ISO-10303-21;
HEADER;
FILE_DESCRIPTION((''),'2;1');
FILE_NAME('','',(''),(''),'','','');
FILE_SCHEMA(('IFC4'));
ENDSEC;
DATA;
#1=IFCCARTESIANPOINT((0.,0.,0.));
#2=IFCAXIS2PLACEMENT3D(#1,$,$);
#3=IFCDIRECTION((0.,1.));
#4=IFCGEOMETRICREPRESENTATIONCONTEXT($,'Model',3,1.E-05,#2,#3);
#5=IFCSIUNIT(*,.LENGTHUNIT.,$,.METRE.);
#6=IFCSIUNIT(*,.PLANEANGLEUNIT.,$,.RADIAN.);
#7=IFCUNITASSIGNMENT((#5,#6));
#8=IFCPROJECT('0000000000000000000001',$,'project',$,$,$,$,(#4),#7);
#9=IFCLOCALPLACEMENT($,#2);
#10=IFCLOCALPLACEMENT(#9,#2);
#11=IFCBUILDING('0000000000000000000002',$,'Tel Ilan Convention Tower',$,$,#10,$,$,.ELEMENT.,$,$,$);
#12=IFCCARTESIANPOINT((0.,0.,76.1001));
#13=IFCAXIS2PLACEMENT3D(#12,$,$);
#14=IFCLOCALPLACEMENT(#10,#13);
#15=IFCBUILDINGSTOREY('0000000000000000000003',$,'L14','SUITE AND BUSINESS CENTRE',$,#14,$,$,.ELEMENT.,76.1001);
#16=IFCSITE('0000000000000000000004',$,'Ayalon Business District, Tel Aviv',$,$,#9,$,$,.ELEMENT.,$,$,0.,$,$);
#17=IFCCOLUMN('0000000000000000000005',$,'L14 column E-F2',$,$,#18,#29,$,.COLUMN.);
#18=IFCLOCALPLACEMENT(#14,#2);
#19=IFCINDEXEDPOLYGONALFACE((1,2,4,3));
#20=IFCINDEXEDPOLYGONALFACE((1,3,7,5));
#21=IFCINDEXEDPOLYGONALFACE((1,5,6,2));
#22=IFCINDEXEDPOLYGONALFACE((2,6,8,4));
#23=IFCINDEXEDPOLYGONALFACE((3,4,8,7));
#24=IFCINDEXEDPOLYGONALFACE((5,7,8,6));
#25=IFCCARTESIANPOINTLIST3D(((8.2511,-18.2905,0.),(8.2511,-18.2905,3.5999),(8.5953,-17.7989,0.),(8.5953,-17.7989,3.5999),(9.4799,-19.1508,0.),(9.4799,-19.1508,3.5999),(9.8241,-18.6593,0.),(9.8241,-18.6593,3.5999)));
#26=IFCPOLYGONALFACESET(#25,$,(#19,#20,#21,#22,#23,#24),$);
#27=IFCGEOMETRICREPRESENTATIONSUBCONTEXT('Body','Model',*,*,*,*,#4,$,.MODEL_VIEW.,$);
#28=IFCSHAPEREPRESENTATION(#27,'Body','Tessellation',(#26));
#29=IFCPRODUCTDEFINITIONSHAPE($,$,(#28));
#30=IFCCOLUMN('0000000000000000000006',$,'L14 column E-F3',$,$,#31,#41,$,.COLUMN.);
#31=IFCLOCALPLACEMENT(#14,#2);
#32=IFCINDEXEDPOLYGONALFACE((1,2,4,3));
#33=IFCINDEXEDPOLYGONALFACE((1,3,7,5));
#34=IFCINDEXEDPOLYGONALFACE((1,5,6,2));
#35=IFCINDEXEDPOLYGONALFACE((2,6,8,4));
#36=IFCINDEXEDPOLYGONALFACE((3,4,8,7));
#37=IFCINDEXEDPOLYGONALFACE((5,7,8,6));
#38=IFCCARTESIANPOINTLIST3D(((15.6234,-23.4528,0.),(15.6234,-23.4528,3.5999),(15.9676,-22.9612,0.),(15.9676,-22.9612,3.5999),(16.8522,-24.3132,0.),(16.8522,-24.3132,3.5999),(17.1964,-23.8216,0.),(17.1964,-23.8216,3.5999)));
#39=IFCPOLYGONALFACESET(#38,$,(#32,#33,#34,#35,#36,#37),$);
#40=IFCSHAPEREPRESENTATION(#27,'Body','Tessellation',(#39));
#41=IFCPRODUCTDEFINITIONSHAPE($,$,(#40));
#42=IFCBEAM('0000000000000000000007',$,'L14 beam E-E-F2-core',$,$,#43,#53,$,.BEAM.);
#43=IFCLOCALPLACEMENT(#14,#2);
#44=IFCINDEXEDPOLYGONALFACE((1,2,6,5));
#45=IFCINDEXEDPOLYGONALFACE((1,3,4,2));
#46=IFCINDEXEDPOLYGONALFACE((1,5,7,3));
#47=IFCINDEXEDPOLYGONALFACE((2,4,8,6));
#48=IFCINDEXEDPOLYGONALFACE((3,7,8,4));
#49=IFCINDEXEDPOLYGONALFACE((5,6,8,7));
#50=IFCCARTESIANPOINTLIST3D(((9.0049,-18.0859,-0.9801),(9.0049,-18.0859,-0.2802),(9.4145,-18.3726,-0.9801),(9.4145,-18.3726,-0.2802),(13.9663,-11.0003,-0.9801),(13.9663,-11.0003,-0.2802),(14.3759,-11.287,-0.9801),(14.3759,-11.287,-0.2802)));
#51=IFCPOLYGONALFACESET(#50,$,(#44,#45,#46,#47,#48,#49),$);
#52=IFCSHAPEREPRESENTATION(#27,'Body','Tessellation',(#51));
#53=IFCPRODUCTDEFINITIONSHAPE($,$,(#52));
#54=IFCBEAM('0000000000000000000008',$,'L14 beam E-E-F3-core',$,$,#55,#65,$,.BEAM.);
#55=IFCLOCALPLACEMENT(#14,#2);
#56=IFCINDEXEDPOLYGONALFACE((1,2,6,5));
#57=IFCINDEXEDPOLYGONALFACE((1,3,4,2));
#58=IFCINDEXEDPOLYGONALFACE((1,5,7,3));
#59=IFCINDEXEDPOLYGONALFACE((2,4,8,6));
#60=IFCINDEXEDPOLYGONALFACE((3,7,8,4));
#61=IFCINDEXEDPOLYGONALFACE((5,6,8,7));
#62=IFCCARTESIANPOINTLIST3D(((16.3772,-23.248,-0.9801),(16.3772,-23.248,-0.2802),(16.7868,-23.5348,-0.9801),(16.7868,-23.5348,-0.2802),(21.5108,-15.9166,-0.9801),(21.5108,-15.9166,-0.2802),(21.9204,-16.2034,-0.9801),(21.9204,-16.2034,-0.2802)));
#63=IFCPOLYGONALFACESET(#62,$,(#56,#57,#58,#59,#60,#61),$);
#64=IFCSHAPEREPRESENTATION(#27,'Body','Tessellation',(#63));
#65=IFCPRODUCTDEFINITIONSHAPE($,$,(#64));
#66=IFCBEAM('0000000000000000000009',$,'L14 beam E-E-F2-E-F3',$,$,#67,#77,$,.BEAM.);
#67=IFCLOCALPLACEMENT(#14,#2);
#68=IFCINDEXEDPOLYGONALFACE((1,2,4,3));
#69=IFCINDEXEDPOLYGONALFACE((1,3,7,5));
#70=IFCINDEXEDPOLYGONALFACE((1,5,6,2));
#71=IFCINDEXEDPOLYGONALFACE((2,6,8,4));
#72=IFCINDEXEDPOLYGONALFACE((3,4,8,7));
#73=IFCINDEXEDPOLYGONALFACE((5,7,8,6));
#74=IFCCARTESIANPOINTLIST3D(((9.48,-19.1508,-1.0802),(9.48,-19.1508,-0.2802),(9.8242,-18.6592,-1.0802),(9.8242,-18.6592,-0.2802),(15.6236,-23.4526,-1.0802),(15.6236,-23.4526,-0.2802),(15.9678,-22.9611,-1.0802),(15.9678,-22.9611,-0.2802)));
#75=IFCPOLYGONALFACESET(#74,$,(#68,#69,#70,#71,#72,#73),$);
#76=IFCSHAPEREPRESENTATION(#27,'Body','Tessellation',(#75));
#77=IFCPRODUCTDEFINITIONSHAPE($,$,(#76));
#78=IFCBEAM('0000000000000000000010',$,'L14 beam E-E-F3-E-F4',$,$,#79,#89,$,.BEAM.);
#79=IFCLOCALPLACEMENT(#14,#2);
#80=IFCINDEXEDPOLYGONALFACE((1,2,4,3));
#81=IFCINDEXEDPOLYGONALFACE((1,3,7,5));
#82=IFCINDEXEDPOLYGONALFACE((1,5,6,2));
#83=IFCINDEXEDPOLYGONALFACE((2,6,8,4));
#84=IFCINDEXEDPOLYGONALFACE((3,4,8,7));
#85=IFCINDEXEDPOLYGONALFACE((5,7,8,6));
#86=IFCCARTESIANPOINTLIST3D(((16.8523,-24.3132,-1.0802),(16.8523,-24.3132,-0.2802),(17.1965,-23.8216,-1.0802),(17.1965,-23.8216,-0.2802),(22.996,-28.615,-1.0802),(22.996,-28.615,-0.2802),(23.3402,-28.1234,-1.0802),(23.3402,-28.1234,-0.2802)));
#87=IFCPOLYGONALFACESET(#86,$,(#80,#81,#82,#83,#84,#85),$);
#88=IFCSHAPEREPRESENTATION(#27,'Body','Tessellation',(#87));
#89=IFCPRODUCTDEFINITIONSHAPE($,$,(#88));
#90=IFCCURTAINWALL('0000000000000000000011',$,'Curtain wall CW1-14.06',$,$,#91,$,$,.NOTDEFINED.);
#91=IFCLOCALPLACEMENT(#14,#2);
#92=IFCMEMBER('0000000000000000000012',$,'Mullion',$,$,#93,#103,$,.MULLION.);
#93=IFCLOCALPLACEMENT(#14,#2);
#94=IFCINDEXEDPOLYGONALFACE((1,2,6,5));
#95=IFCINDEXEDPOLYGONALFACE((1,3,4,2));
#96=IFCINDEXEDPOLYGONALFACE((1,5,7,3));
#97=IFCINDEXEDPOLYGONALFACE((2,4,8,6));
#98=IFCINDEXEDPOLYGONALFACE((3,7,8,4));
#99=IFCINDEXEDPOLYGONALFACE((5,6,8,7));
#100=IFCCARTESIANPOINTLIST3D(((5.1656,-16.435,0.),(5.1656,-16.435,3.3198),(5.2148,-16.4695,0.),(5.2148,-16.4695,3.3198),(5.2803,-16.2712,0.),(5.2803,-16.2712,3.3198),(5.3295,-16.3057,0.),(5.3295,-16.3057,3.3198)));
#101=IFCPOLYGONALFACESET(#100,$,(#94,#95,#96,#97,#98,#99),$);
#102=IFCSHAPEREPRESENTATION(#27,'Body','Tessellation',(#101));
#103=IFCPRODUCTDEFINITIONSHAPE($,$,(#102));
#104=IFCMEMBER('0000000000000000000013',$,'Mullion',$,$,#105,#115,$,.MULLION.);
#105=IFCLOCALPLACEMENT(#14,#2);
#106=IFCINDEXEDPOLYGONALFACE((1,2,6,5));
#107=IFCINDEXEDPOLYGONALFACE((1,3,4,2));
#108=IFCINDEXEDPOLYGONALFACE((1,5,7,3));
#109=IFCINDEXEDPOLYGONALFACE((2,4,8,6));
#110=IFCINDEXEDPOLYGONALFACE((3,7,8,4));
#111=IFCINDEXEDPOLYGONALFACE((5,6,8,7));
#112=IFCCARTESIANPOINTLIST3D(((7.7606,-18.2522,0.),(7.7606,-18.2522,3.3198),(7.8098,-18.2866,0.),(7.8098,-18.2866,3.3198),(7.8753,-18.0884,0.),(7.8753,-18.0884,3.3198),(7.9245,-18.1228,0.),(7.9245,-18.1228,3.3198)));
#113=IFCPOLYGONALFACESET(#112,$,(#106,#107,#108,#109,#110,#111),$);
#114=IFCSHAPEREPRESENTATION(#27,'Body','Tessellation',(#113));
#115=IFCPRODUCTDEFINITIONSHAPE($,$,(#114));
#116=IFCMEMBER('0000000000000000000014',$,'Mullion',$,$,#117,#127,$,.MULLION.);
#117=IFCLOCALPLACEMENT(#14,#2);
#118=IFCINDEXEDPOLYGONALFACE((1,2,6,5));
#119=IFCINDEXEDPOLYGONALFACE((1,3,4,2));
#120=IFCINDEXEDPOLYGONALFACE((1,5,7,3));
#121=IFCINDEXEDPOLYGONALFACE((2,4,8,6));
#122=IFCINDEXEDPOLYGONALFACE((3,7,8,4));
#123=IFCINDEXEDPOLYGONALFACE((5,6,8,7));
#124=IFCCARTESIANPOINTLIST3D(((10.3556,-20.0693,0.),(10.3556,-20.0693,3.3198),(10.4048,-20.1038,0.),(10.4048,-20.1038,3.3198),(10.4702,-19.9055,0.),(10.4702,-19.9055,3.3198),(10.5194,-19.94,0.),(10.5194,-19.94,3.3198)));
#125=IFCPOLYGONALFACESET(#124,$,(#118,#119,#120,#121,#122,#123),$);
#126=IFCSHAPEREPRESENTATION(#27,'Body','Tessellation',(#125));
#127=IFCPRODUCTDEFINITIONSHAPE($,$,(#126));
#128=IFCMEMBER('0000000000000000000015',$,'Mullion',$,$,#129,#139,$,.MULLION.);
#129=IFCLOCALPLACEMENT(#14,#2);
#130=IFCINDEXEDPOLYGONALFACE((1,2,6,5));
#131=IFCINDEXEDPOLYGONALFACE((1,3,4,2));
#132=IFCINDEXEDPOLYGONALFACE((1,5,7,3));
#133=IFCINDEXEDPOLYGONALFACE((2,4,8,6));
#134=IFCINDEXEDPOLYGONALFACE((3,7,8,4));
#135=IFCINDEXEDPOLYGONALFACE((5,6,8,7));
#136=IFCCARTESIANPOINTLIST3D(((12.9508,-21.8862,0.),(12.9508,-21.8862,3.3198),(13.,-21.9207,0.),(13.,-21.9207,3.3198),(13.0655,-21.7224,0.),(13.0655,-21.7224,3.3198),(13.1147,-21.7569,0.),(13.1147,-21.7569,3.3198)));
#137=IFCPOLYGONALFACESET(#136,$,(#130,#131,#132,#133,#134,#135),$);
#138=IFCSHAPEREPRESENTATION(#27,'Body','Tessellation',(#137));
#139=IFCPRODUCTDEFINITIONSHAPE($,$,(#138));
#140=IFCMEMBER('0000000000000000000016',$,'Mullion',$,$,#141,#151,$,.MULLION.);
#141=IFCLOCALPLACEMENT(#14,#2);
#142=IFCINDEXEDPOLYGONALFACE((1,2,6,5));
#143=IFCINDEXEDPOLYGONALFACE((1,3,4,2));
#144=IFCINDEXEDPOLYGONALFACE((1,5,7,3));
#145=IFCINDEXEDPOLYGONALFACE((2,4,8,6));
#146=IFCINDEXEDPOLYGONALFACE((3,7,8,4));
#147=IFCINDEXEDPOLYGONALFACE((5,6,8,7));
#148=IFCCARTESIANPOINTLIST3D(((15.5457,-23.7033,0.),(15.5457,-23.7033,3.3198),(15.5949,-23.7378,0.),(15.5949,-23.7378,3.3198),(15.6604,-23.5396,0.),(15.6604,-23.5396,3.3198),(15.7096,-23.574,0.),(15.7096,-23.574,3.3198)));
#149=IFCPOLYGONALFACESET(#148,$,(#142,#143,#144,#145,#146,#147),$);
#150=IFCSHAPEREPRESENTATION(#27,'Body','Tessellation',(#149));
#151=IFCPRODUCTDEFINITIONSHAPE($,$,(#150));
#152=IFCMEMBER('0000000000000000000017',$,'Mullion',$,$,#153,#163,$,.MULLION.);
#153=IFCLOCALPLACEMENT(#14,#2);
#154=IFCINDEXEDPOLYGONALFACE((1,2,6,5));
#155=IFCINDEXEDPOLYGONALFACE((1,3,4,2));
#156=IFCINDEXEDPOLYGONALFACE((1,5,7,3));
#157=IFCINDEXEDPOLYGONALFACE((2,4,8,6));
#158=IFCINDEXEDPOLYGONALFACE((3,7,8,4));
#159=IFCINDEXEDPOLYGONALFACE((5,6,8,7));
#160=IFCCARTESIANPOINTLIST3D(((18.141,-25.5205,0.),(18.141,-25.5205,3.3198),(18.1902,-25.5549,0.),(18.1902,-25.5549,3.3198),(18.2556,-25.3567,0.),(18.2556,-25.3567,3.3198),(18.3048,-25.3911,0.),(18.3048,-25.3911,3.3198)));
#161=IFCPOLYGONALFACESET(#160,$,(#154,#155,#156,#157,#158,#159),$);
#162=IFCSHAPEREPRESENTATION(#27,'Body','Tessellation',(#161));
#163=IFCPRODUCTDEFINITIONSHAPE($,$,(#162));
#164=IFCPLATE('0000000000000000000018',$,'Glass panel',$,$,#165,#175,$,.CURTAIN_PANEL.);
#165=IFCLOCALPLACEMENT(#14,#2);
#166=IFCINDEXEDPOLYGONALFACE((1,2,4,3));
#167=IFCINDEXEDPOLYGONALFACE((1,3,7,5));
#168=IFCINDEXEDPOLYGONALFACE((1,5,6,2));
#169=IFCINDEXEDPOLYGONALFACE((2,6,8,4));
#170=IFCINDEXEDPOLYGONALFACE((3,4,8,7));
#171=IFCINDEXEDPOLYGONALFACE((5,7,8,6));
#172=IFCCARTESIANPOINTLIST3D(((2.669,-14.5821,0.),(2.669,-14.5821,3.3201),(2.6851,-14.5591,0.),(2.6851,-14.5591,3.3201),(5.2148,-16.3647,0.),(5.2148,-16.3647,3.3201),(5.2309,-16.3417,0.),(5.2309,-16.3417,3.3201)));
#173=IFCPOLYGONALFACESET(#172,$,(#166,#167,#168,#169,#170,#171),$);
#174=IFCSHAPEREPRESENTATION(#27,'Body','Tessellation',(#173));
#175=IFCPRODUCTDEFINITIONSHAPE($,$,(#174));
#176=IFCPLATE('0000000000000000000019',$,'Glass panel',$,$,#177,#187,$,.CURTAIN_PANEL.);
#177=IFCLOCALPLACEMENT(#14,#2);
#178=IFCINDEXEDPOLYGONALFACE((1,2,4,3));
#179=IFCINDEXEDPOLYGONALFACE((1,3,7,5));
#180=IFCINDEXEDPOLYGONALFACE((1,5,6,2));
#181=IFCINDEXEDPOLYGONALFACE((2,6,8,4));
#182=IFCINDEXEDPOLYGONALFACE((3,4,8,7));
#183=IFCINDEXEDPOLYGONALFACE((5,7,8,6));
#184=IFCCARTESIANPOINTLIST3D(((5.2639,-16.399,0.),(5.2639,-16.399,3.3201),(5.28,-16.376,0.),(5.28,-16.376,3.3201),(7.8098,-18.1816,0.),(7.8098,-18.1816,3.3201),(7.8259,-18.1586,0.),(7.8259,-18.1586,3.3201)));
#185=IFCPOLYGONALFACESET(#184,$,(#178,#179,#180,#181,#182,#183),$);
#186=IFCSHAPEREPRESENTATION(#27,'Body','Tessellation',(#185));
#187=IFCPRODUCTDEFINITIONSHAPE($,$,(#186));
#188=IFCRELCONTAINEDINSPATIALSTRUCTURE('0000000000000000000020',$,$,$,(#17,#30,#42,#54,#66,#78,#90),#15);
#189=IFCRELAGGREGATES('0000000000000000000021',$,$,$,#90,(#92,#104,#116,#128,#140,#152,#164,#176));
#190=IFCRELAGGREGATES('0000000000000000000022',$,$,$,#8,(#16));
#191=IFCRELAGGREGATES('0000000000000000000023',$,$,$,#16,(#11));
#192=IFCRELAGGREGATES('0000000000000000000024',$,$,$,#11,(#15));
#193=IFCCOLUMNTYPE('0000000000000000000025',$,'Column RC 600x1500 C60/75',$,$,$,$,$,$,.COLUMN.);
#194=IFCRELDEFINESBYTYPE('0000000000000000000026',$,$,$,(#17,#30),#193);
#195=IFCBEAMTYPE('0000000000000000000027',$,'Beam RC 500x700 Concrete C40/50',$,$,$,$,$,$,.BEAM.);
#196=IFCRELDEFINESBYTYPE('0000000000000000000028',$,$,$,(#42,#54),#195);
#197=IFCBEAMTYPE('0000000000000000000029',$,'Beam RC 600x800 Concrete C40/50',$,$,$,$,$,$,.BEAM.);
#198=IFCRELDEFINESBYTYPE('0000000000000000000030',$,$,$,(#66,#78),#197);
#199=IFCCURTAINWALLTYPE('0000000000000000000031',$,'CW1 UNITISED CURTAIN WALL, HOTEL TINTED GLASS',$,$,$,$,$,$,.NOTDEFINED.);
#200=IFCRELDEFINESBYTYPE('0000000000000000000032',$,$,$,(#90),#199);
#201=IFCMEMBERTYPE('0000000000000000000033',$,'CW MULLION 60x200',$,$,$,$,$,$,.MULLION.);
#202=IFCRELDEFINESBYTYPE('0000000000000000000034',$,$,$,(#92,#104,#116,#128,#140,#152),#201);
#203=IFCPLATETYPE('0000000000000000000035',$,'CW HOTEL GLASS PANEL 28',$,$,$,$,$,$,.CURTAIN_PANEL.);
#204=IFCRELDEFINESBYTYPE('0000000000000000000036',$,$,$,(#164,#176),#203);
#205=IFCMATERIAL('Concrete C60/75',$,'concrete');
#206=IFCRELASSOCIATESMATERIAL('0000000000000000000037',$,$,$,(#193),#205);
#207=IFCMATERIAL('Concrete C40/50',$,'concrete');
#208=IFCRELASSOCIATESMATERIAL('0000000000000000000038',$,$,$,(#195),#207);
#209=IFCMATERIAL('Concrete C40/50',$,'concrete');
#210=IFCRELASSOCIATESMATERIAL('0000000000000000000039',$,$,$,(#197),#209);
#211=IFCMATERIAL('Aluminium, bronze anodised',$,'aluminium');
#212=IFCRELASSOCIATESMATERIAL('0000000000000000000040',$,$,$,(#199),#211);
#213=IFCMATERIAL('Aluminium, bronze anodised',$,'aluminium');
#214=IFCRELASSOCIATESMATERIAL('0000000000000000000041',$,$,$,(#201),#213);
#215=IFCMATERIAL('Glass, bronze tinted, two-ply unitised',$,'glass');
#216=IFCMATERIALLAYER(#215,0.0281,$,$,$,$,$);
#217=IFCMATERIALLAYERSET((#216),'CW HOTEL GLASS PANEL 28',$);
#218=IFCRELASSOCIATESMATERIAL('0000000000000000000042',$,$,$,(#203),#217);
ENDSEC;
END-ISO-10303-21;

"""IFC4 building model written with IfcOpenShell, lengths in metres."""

from ifc_helpers import new_model, si_unit, direction, frame, origin, origin_2d, place, context, subcontext, project, spatial, rectangle, extrude, material, layer, layer_set, material_profile, profile_set, type_object, element, aggregate, save


model = new_model("IFC4")

# Units and contexts
model_context = context("Model", 3, precision=1e-05, world=origin(), true_north=direction((0.0, 1.0)))
body_context = subcontext(model_context, "Body", "Model", "MODEL_VIEW")
ifc_project = project(units=[si_unit("LENGTHUNIT", "METRE"), si_unit("PLANEANGLEUNIT", "RADIAN")], contexts=[model_context])

# Site, building, storey
site_placement = place(None, origin())
site = spatial("IfcSite", under=ifc_project, at=site_placement, Name="Ayalon Business District, Tel Aviv", CompositionType="ELEMENT", RefElevation=0.0)
building_placement = place(site_placement, origin())
building = spatial("IfcBuilding", under=site, at=building_placement, Name="Tel Ilan Convention Tower", CompositionType="ELEMENT")
storey_placement = place(building_placement, frame((0.0, 0.0, 76.1001)))
storey = spatial("IfcBuildingStorey", under=building, at=storey_placement, Name="L14", Description="SUITE AND BUSINESS CENTRE", CompositionType="ELEMENT", Elevation=76.1001)

# Columns
ifc_material_1 = material(Name="Concrete C60/75", Category="concrete")
ifc_material_profile_1 = material_profile(ifc_material_1, rectangle(XDim=1.5, YDim=0.6001, at=origin_2d()), Name="RC 600x1500")
ifc_profile_set_1 = profile_set([ifc_material_profile_1], Name="Concrete C60/75")
column_type = type_object("IfcColumnType", Name="Column RC 600x1500 C60/75", PredefinedType="COLUMN", material=ifc_profile_set_1)
for number, where, z_axis, x_axis, name in (
    (1, (9.0376, -18.4749, 0.0), (0.0, 0.0, 1.0), (0.819152, -0.573576, 0.0), "L14 column E-F2"),
    (2, (16.4099, -23.6372, 0.0), (0.0, 0.0, 1.0), (0.819152, -0.573576, 0.0), "L14 column E-F3"),
):
    element("IfcColumn", number, at=place(storey_placement, frame(where, z_axis=z_axis, x_axis=x_axis)), inside=storey, type_object=column_type, Name=name, PredefinedType="COLUMN", context=body_context, shape_type="SweptSolid", body=[
        extrude(rectangle(XDim=1.5, YDim=0.6001, at=origin_2d()), origin(), (0.0, 0.0, 1.0), 3.5999),
    ])

# Beams
ifc_material_2 = material(Name="Concrete C40/50", Category="concrete")
ifc_material_profile_2 = material_profile(ifc_material_2, rectangle(XDim=0.5, YDim=0.7, at=origin_2d()), Name="RC 500x700")
ifc_profile_set_2 = profile_set([ifc_material_profile_2], Name="Concrete C40/50")
beam_type_1 = type_object("IfcBeamType", Name="Beam RC 500x700 Concrete C40/50", PredefinedType="BEAM", material=ifc_profile_set_2)
beam_1_placement = place(storey_placement, frame((9.2097, -18.2292, -0.6301), z_axis=(0.573574, 0.819154, 0.0), x_axis=(-0.819154, 0.573574, 0.0)))
element("IfcBeam", 3, at=beam_1_placement, inside=storey, type_object=beam_type_1, Name="L14 beam E-E-F2-core", PredefinedType="BEAM", context=body_context, shape_type="SweptSolid", body=[
    extrude(rectangle(XDim=0.5, YDim=0.7, at=origin_2d()), origin(), (0.0, 0.0, 1.0), 8.6499),
])
beam_2_placement = place(storey_placement, frame((16.582, -23.3914, -0.6301), z_axis=(0.573585, 0.819146, 0.0), x_axis=(-0.819146, 0.573585, 0.0)))
element("IfcBeam", 4, at=beam_2_placement, inside=storey, type_object=beam_type_1, Name="L14 beam E-E-F3-core", PredefinedType="BEAM", context=body_context, shape_type="SweptSolid", body=[
    extrude(rectangle(XDim=0.5, YDim=0.7, at=origin_2d()), origin(), (0.0, 0.0, 1.0), 8.95),
])
ifc_material_3 = material(Name="Concrete C40/50", Category="concrete")
ifc_material_profile_3 = material_profile(ifc_material_3, rectangle(XDim=0.6001, YDim=0.8, at=origin_2d()), Name="RC 600x800")
ifc_profile_set_3 = profile_set([ifc_material_profile_3], Name="Concrete C40/50")
beam_type_2 = type_object("IfcBeamType", Name="Beam RC 600x800 Concrete C40/50", PredefinedType="BEAM", material=ifc_profile_set_3)
for number, where, z_axis, x_axis, name in (
    (5, (9.6521, -18.905, -0.6802), (0.819152, -0.573576, 0.0), (0.573576, 0.819152, 0.0), "L14 beam E-E-F2-E-F3"),
    (6, (17.0244, -24.0674, -0.6802), (0.819152, -0.573576, 0.0), (0.573576, 0.819152, 0.0), "L14 beam E-E-F3-E-F4"),
):
    element("IfcBeam", number, at=place(storey_placement, frame(where, z_axis=z_axis, x_axis=x_axis)), inside=storey, type_object=beam_type_2, Name=name, PredefinedType="BEAM", context=body_context, shape_type="SweptSolid", body=[
        extrude(rectangle(XDim=0.6001, YDim=0.8, at=origin_2d()), origin(), (0.0, 0.0, 1.0), 7.5),
    ])

# Curtain wall, members, plates
ifc_material_4 = material(Name="Aluminium, bronze anodised", Category="aluminium")
curtain_wall_type = type_object("IfcCurtainWallType", Name="CW1 UNITISED CURTAIN WALL, HOTEL TINTED GLASS", PredefinedType="NOTDEFINED", material=ifc_material_4)
curtain_wall_placement = place(storey_placement, origin())
curtain_wall = element("IfcCurtainWall", 7, at=curtain_wall_placement, inside=storey, type_object=curtain_wall_type, Name="Curtain wall CW1-14.06", PredefinedType="NOTDEFINED")
ifc_material_5 = material(Name="Aluminium, bronze anodised", Category="aluminium")
ifc_material_profile_4 = material_profile(ifc_material_5, rectangle(XDim=0.0601, YDim=0.2, at=origin_2d()), Name="CW MULLION 60x200")
ifc_profile_set_4 = profile_set([ifc_material_profile_4], Name="Aluminium, bronze anodised")
member_type = type_object("IfcMemberType", Name="CW MULLION 60x200", PredefinedType="MULLION", material=ifc_profile_set_4)
member_1_placement = place(storey_placement, frame((5.2476, -16.3704, 0.0), z_axis=(0.0, 0.0, 1.0), x_axis=(0.819152, -0.573576, 0.0)))
member_1 = element("IfcMember", 8, at=member_1_placement, type_object=member_type, Name="Mullion", PredefinedType="MULLION", context=body_context, shape_type="SweptSolid", body=[
    extrude(rectangle(XDim=0.0601, YDim=0.2, at=origin_2d()), origin(), (0.0, 0.0, 1.0), 3.3198),
])
member_2_placement = place(storey_placement, frame((7.8425, -18.1875, 0.0), z_axis=(0.0, 0.0, 1.0), x_axis=(0.819152, -0.573576, 0.0)))
member_2 = element("IfcMember", 9, at=member_2_placement, type_object=member_type, Name="Mullion", PredefinedType="MULLION", context=body_context, shape_type="SweptSolid", body=[
    extrude(rectangle(XDim=0.0601, YDim=0.2, at=origin_2d()), origin(), (0.0, 0.0, 1.0), 3.3198),
])
member_3_placement = place(storey_placement, frame((10.4375, -20.0046, 0.0), z_axis=(0.0, 0.0, 1.0), x_axis=(0.819152, -0.573576, 0.0)))
member_3 = element("IfcMember", 10, at=member_3_placement, type_object=member_type, Name="Mullion", PredefinedType="MULLION", context=body_context, shape_type="SweptSolid", body=[
    extrude(rectangle(XDim=0.0601, YDim=0.2, at=origin_2d()), origin(), (0.0, 0.0, 1.0), 3.3198),
])
member_4_placement = place(storey_placement, frame((13.0327, -21.8215, 0.0), z_axis=(0.0, 0.0, 1.0), x_axis=(0.819152, -0.573576, 0.0)))
member_4 = element("IfcMember", 11, at=member_4_placement, type_object=member_type, Name="Mullion", PredefinedType="MULLION", context=body_context, shape_type="SweptSolid", body=[
    extrude(rectangle(XDim=0.0601, YDim=0.2, at=origin_2d()), origin(), (0.0, 0.0, 1.0), 3.3198),
])
member_5_placement = place(storey_placement, frame((15.6277, -23.6387, 0.0), z_axis=(0.0, 0.0, 1.0), x_axis=(0.819152, -0.573576, 0.0)))
member_5 = element("IfcMember", 12, at=member_5_placement, type_object=member_type, Name="Mullion", PredefinedType="MULLION", context=body_context, shape_type="SweptSolid", body=[
    extrude(rectangle(XDim=0.0601, YDim=0.2, at=origin_2d()), origin(), (0.0, 0.0, 1.0), 3.3198),
])
member_6_placement = place(storey_placement, frame((18.2229, -25.4558, 0.0), z_axis=(0.0, 0.0, 1.0), x_axis=(0.819152, -0.573576, 0.0)))
member_6 = element("IfcMember", 13, at=member_6_placement, type_object=member_type, Name="Mullion", PredefinedType="MULLION", context=body_context, shape_type="SweptSolid", body=[
    extrude(rectangle(XDim=0.0601, YDim=0.2, at=origin_2d()), origin(), (0.0, 0.0, 1.0), 3.3198),
])
ifc_material_6 = material(Name="Glass, bronze tinted, two-ply unitised", Category="glass")
ifc_layer_1 = layer(ifc_material_6, 0.0281)
ifc_layer_set_1 = layer_set([ifc_layer_1], Name="CW HOTEL GLASS PANEL 28")
plate_type = type_object("IfcPlateType", Name="CW HOTEL GLASS PANEL 28", PredefinedType="CURTAIN_PANEL", material=ifc_layer_set_1)
plate_1_placement = place(storey_placement, frame((3.95, -15.4619, 0.0), z_axis=(0.0, 0.0, 1.0), x_axis=(0.819152, -0.573576, 0.0)))
plate_1 = element("IfcPlate", 14, at=plate_1_placement, type_object=plate_type, Name="Glass panel", PredefinedType="CURTAIN_PANEL", context=body_context, shape_type="SweptSolid", body=[
    extrude(rectangle(XDim=3.1079, YDim=0.0281, at=origin_2d()), origin(), (0.0, 0.0, 1.0), 3.3201),
])
plate_2_placement = place(storey_placement, frame((6.5449, -17.2788, 0.0), z_axis=(0.0, 0.0, 1.0), x_axis=(0.819152, -0.573576, 0.0)))
plate_2 = element("IfcPlate", 15, at=plate_2_placement, type_object=plate_type, Name="Glass panel", PredefinedType="CURTAIN_PANEL", context=body_context, shape_type="SweptSolid", body=[
    extrude(rectangle(XDim=3.1079, YDim=0.0281, at=origin_2d()), origin(), (0.0, 0.0, 1.0), 3.3201),
])
aggregate(curtain_wall, [member_1, member_2, member_3, member_4, member_5, member_6, plate_1, plate_2])

save(model, "model.ifc")
